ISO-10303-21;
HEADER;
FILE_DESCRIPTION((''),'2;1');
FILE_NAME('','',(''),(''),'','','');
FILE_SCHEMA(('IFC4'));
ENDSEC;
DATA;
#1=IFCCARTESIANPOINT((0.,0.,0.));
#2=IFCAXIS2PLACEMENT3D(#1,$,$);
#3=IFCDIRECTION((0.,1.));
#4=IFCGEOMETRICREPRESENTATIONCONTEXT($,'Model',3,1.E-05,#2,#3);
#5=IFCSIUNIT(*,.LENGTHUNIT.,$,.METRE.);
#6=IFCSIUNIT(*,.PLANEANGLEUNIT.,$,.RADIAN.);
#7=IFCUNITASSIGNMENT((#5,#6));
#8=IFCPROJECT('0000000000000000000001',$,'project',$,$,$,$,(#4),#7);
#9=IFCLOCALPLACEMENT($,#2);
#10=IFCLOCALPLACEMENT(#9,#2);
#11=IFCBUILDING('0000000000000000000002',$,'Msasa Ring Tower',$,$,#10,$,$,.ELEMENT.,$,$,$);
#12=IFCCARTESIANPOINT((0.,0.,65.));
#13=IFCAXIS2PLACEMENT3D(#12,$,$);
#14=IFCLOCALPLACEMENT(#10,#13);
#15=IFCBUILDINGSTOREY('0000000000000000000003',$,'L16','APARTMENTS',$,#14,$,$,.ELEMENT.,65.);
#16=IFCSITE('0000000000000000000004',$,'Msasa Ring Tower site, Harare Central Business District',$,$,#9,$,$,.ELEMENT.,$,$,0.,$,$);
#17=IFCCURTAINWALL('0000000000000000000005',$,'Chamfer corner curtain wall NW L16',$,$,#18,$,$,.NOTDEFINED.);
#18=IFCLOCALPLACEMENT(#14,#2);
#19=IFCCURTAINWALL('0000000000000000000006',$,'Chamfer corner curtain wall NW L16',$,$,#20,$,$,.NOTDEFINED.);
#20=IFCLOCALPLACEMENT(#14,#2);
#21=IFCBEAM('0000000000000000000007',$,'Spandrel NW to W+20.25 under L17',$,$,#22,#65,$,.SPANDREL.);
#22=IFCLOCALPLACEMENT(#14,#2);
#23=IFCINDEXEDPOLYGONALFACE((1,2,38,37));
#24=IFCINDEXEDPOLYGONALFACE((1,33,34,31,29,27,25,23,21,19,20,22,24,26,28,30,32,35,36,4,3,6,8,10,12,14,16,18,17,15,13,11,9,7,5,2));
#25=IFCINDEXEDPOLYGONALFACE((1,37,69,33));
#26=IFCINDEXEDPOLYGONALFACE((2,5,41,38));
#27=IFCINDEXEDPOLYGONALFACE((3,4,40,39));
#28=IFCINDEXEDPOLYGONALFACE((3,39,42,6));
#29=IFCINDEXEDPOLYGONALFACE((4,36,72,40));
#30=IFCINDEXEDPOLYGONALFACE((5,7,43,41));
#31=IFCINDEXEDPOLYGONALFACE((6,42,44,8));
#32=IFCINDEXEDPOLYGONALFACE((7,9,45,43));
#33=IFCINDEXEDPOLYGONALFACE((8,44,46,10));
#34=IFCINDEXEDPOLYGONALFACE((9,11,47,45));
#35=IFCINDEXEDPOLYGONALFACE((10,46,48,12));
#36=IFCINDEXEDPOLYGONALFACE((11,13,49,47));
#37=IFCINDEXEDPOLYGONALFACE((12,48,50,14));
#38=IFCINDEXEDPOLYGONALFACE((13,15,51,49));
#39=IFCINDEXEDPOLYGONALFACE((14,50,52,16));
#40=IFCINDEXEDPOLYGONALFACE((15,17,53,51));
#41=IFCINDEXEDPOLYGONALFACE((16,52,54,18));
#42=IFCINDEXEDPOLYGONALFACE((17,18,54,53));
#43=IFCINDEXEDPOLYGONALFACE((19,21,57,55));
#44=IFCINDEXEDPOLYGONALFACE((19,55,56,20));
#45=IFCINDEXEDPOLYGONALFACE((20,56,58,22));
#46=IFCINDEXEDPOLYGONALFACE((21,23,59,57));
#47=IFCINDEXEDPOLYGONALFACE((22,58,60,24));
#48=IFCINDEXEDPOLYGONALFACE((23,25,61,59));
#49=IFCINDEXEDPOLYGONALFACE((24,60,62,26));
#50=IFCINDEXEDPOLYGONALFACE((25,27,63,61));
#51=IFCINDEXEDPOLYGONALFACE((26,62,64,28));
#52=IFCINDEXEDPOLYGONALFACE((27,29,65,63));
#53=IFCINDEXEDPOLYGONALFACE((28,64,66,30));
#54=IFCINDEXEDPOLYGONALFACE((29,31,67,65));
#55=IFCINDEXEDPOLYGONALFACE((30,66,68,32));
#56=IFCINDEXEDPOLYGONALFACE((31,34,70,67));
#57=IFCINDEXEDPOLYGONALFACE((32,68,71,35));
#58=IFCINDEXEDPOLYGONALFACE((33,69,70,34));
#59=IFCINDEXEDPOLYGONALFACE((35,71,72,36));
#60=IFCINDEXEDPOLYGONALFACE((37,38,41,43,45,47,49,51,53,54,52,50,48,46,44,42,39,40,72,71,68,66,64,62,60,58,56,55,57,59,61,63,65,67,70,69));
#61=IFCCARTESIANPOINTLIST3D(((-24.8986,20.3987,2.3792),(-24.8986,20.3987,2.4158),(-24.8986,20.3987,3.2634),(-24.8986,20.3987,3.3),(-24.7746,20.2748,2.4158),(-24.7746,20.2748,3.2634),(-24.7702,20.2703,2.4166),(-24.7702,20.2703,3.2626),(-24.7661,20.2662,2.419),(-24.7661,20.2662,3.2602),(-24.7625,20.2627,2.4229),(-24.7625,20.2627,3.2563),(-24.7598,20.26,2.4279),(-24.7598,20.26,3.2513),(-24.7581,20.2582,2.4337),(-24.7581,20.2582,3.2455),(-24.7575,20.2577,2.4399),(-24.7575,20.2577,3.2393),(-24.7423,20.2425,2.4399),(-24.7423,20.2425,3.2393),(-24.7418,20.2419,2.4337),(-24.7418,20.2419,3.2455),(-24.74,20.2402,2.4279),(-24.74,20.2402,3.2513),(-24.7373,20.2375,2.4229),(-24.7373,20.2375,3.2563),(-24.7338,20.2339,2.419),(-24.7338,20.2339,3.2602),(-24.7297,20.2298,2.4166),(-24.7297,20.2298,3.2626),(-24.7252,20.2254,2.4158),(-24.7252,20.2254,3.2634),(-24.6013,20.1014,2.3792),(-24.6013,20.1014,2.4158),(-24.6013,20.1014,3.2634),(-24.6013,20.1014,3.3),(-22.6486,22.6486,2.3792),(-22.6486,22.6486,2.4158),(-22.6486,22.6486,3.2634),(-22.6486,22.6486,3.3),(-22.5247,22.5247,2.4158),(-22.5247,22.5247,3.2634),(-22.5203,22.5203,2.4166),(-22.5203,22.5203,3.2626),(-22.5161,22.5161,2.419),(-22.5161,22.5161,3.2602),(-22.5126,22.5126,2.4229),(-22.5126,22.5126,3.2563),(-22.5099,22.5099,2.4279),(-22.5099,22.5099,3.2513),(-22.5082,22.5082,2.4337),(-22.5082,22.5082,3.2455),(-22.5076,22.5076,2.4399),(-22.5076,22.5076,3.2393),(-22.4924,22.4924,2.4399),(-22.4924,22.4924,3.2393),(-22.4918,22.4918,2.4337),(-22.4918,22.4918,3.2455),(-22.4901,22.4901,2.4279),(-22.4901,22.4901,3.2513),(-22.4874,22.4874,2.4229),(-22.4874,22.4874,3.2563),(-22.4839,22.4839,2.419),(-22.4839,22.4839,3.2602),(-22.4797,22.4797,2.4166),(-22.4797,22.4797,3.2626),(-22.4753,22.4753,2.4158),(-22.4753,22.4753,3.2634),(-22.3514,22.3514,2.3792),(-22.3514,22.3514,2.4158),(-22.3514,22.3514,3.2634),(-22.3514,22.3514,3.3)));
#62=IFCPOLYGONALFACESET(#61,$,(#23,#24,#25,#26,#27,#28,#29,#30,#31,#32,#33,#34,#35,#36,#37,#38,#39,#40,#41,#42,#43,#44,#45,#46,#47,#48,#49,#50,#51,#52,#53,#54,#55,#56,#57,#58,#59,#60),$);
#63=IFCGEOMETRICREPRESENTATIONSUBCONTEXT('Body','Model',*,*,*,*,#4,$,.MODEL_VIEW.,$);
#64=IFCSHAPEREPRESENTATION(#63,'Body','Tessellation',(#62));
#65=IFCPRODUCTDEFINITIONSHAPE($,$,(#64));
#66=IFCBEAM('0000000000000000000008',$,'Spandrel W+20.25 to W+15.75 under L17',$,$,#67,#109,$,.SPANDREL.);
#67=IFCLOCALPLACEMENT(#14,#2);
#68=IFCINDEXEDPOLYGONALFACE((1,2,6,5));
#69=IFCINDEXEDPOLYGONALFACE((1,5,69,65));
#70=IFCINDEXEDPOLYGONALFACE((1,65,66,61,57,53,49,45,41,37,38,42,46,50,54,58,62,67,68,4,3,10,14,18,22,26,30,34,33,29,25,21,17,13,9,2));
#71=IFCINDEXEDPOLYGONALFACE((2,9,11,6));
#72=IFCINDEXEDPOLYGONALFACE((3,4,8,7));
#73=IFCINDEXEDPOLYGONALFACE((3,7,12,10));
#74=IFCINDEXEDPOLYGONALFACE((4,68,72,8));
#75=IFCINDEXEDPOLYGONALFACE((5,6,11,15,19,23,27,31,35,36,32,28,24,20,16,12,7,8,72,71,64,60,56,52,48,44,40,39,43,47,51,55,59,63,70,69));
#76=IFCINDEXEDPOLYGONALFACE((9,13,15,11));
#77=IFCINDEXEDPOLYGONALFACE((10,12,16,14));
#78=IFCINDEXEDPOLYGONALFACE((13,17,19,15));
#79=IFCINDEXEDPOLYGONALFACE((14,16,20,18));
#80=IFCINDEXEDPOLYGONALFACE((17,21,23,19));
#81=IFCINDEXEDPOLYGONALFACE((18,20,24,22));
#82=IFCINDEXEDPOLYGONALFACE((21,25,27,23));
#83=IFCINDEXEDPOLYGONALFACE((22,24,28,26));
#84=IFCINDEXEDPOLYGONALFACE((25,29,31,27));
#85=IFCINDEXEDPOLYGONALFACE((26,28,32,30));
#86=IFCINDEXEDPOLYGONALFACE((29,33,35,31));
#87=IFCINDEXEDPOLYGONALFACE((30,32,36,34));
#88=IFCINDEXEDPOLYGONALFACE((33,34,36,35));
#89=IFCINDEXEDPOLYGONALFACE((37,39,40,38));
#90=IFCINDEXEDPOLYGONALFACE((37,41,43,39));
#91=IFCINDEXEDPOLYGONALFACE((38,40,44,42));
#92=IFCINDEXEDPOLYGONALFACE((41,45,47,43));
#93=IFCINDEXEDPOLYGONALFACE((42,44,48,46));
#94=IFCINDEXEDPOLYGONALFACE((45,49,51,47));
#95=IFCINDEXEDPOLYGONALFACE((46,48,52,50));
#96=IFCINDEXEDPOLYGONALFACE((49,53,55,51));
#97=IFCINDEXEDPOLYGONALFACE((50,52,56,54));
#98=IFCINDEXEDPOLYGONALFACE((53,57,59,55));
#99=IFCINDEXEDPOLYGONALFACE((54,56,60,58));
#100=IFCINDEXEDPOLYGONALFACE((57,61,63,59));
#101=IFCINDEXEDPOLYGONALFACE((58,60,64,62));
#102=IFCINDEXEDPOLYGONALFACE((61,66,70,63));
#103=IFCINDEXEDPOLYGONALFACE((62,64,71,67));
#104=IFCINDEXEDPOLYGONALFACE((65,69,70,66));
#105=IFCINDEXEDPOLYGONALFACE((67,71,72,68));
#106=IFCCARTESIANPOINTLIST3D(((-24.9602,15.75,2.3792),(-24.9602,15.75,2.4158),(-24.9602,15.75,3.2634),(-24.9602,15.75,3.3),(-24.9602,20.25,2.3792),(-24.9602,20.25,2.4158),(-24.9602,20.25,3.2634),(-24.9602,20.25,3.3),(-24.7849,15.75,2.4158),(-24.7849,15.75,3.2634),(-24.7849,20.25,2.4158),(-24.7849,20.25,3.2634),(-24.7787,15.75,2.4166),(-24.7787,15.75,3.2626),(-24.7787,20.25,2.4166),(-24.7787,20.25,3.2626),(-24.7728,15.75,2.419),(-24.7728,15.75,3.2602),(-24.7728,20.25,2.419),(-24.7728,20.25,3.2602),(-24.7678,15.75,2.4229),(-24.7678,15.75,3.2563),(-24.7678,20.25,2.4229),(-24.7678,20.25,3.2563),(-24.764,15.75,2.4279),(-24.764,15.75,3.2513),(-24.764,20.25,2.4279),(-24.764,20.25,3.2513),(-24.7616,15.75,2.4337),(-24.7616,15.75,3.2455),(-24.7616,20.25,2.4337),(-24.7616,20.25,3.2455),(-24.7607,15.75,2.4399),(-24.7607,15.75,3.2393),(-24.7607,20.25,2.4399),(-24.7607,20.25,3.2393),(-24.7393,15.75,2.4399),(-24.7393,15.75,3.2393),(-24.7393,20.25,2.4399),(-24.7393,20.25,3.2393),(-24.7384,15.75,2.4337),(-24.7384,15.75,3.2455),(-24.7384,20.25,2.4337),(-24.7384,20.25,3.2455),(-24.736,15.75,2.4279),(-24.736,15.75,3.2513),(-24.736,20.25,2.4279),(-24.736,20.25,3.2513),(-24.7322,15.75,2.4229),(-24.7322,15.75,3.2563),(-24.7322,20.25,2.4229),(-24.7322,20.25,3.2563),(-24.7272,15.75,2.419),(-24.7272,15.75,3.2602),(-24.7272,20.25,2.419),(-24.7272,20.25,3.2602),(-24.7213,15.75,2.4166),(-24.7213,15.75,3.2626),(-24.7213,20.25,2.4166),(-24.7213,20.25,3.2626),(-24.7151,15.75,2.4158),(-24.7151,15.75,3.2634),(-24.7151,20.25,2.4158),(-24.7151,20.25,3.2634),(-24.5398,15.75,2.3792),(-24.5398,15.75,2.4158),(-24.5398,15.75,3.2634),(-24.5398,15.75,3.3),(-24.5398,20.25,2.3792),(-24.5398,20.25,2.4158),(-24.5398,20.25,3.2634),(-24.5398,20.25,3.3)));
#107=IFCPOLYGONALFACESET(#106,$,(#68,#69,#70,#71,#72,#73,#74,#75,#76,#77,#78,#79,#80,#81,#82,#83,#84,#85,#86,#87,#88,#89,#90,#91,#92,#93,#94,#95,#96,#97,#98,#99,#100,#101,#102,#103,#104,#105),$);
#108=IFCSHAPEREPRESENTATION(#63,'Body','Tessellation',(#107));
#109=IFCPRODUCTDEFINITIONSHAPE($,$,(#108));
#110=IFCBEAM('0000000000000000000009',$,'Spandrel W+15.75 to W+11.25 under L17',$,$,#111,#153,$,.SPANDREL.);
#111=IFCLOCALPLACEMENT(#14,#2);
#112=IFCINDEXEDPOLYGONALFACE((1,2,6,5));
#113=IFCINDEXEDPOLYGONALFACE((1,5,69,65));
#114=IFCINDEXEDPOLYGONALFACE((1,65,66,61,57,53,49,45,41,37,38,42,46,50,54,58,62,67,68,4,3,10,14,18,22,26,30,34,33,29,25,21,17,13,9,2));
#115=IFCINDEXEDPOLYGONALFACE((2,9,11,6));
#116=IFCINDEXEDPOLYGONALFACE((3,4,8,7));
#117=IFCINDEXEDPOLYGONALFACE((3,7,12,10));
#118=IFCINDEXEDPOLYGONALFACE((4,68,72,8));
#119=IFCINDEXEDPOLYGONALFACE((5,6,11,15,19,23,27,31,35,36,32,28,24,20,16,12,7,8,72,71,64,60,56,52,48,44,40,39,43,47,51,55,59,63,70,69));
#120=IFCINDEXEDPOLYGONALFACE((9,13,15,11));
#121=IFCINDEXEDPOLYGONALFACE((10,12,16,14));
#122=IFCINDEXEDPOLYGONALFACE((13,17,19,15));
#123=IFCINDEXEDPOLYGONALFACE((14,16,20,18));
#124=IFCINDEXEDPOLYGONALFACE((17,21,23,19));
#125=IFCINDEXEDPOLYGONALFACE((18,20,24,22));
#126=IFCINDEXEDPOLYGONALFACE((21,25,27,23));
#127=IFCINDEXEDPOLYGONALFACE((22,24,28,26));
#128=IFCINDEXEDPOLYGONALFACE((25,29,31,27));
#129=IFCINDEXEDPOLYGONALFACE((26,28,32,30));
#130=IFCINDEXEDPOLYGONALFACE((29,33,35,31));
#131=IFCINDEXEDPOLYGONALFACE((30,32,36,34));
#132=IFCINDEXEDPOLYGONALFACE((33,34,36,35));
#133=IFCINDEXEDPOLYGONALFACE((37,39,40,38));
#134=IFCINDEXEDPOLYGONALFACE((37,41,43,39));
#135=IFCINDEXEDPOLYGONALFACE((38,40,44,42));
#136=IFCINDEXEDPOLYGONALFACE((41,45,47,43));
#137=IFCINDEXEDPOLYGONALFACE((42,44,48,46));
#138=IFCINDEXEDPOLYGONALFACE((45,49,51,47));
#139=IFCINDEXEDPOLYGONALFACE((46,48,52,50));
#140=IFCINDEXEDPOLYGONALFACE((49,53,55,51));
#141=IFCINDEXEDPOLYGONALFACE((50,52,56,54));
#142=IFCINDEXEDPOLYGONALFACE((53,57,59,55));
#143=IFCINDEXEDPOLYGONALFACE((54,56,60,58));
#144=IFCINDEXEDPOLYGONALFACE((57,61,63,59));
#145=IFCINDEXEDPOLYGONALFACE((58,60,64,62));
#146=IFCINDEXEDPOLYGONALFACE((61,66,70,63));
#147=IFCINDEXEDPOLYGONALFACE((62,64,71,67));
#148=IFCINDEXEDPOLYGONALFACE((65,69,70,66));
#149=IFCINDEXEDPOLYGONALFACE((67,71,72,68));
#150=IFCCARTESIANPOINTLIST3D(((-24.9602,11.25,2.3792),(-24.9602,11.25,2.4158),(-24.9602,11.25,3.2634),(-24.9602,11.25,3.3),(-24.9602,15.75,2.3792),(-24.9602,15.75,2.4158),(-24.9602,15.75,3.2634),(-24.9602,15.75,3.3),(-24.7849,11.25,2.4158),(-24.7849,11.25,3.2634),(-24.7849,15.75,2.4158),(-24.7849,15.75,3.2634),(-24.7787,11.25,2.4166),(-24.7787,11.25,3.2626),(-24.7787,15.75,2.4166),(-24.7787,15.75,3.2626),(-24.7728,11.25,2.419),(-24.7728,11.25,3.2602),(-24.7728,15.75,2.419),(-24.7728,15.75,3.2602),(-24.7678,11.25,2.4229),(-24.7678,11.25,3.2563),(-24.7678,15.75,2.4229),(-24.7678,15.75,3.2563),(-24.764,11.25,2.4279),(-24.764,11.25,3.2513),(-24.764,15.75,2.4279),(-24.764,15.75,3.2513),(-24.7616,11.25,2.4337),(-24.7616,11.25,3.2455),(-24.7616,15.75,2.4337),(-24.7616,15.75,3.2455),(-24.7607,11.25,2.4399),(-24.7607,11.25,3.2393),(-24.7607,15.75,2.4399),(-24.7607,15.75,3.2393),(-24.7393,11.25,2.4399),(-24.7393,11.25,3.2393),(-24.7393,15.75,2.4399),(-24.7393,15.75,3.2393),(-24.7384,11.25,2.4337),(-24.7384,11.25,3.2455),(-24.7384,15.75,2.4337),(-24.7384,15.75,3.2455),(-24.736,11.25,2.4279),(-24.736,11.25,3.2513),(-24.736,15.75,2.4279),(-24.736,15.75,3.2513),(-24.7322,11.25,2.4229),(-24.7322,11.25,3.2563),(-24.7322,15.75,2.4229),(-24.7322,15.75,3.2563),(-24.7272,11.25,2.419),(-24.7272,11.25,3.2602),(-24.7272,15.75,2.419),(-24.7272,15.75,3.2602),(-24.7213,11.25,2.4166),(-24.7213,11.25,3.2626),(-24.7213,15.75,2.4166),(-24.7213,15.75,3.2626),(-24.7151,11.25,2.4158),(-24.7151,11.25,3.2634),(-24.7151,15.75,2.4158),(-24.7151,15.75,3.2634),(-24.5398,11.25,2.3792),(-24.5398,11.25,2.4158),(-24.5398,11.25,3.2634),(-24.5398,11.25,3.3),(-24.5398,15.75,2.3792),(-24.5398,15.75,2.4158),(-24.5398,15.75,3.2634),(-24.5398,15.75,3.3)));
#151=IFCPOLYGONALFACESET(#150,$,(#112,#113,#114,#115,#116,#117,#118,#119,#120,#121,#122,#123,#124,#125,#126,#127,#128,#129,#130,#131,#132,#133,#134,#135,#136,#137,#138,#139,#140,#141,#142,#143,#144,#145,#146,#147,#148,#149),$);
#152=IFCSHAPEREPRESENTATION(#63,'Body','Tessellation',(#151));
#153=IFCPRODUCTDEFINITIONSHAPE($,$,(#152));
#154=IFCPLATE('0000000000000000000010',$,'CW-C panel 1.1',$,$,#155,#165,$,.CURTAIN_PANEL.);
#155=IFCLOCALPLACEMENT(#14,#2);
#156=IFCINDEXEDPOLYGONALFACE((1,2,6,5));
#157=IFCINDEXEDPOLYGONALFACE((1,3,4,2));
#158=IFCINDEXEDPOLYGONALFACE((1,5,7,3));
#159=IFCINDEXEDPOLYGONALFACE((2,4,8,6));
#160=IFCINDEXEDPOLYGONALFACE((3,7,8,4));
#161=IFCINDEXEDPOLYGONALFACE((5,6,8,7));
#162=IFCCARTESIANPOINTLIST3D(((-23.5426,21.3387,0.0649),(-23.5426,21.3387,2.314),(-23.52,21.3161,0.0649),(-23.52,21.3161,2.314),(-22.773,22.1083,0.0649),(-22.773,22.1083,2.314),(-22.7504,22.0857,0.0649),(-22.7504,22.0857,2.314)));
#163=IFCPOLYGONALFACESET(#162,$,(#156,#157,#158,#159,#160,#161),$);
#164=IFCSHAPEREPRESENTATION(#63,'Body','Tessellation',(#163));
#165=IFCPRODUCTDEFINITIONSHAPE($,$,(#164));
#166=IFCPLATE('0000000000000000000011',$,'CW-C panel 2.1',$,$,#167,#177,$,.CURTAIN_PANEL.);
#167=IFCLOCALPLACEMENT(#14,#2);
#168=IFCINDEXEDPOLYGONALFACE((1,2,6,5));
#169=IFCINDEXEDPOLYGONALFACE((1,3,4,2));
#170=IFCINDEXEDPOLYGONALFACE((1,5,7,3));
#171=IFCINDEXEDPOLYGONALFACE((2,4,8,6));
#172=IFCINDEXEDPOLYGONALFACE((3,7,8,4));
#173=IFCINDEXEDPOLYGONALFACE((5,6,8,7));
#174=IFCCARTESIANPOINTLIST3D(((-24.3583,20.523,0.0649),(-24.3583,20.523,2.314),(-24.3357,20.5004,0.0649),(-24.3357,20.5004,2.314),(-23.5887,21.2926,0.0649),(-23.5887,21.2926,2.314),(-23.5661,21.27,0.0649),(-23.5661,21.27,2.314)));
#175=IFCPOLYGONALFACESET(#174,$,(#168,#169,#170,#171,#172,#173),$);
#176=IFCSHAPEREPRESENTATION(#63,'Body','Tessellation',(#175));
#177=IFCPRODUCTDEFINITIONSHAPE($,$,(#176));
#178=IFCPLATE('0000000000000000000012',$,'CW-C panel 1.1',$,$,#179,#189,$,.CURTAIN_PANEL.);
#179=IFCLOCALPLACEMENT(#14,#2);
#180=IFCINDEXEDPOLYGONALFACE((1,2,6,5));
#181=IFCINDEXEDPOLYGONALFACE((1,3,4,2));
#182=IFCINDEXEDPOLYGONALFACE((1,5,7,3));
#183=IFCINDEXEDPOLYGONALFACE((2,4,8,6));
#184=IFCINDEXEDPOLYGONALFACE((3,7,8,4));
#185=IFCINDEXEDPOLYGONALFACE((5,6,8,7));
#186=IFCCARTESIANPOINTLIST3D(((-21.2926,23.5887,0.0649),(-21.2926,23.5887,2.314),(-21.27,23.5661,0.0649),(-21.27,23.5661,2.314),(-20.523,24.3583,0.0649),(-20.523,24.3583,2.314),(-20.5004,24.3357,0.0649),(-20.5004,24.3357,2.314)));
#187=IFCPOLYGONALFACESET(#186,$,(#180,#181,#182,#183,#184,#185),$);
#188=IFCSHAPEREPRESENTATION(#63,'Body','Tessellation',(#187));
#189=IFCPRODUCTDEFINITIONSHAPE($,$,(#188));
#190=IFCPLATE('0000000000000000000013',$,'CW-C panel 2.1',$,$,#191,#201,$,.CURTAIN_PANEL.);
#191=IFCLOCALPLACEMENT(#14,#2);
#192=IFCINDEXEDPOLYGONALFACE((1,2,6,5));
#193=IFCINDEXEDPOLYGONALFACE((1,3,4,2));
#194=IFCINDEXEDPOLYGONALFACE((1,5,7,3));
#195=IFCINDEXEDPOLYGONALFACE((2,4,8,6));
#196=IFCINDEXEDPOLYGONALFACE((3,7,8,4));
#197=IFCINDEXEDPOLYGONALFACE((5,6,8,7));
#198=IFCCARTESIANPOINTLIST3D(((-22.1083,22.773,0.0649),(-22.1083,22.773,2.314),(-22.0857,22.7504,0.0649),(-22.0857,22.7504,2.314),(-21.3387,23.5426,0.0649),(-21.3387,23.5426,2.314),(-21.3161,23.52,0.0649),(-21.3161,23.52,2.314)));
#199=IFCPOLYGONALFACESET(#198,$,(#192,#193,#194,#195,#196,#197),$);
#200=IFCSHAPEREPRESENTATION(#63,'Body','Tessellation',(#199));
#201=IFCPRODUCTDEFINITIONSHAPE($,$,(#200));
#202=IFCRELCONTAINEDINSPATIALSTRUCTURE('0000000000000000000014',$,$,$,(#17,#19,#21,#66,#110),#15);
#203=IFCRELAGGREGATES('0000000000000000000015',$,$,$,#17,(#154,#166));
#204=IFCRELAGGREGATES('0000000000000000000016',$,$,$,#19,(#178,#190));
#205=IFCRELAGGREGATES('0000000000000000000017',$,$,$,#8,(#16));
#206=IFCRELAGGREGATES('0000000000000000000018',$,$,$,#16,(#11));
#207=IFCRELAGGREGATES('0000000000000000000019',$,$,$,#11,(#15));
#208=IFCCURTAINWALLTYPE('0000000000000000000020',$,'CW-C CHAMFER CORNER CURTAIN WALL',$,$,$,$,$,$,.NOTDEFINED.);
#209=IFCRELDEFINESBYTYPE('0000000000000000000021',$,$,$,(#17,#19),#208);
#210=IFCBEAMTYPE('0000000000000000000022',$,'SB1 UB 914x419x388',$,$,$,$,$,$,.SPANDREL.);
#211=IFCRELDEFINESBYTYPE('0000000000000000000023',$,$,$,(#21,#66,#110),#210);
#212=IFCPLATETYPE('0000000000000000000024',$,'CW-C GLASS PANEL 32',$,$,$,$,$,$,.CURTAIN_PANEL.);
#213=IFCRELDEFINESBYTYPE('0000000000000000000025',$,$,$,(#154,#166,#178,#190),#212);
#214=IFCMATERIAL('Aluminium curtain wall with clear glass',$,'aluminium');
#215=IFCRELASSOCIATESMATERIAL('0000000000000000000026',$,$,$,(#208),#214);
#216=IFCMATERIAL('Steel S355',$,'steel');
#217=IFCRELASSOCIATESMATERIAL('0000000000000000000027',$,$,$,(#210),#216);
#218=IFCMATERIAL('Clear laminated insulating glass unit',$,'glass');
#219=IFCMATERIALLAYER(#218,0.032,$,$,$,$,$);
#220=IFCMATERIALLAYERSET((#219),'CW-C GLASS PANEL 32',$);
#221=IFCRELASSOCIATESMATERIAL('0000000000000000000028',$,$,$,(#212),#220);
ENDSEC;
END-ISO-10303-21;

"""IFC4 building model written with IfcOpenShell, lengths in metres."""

from ifc_helpers import new_model, si_unit, direction, frame, origin, origin_2d, place, context, subcontext, project, spatial, rectangle, i_section, extrude, material, layer, layer_set, material_profile, profile_set, type_object, element, aggregate, save


model = new_model("IFC4")

# Units and contexts
model_context = context("Model", 3, precision=1e-05, world=origin(), true_north=direction((0.0, 1.0)))
body_context = subcontext(model_context, "Body", "Model", "MODEL_VIEW")
ifc_project = project(units=[si_unit("LENGTHUNIT", "METRE"), si_unit("PLANEANGLEUNIT", "RADIAN")], contexts=[model_context])

# Site, building, storey
site_placement = place(None, origin())
site = spatial("IfcSite", under=ifc_project, at=site_placement, Name="Msasa Ring Tower site, Harare Central Business District", CompositionType="ELEMENT", RefElevation=0.0)
building_placement = place(site_placement, origin())
building = spatial("IfcBuilding", under=site, at=building_placement, Name="Msasa Ring Tower", CompositionType="ELEMENT")
storey_placement = place(building_placement, frame((0.0, 0.0, 65.0)))
storey = spatial("IfcBuildingStorey", under=building, at=storey_placement, Name="L16", Description="APARTMENTS", CompositionType="ELEMENT", Elevation=65.0)

# Curtain walls
ifc_material_1 = material(Name="Aluminium curtain wall with clear glass", Category="aluminium")
curtain_wall_type = type_object("IfcCurtainWallType", Name="CW-C CHAMFER CORNER CURTAIN WALL", PredefinedType="NOTDEFINED", material=ifc_material_1)
curtain_wall_1_placement = place(storey_placement, origin())
curtain_wall_1 = element("IfcCurtainWall", 1, at=curtain_wall_1_placement, inside=storey, type_object=curtain_wall_type, Name="Chamfer corner curtain wall NW L16", PredefinedType="NOTDEFINED")
curtain_wall_2_placement = place(storey_placement, origin())
curtain_wall_2 = element("IfcCurtainWall", 2, at=curtain_wall_2_placement, inside=storey, type_object=curtain_wall_type, Name="Chamfer corner curtain wall NW L16", PredefinedType="NOTDEFINED")

# Beams
ifc_material_2 = material(Name="Steel S355", Category="steel")
ifc_material_profile_1 = material_profile(ifc_material_2, i_section(OverallWidth=0.4204, OverallDepth=0.9209, WebThickness=0.0215, FlangeThickness=0.0366, FilletRadius=0.0242, at=origin_2d()), Name="UB 914x419x388")
ifc_profile_set_1 = profile_set([ifc_material_profile_1], Name="Steel S355")
beam_type_1 = type_object("IfcBeamType", Name="SB1 UB 914x419x388", PredefinedType="SPANDREL", material=ifc_profile_set_1)
for number, where, z_axis, x_axis, name in (
    (3, (-22.5, 22.5, 2.8396), (-0.707107, -0.707107, 0.0), (0.707107, -0.707107, 0.0), "Spandrel NW to W+20.25 under L17"),
):
    element("IfcBeam", number, at=place(storey_placement, frame(where, z_axis=z_axis, x_axis=x_axis)), inside=storey, type_object=beam_type_1, Name=name, PredefinedType="SPANDREL", context=body_context, shape_type="SweptSolid", body=[
        extrude(i_section(OverallWidth=0.4204, OverallDepth=0.9209, WebThickness=0.0215, FlangeThickness=0.0366, FilletRadius=0.0242, at=origin_2d()), origin(), (0.0, 0.0, 1.0), 3.1819),
    ])
for number, where, z_axis, x_axis, name in (
    (4, (-24.75, 20.25, 2.8396), (0.0, -1.0, 0.0), (1.0, 0.0, 0.0), "Spandrel W+20.25 to W+15.75 under L17"),
    (5, (-24.75, 15.75, 2.8396), (0.0, -1.0, 0.0), (1.0, 0.0, 0.0), "Spandrel W+15.75 to W+11.25 under L17"),
):
    element("IfcBeam", number, at=place(storey_placement, frame(where, z_axis=z_axis, x_axis=x_axis)), inside=storey, type_object=beam_type_1, Name=name, PredefinedType="SPANDREL", context=body_context, shape_type="SweptSolid", body=[
        extrude(i_section(OverallWidth=0.4204, OverallDepth=0.9209, WebThickness=0.0215, FlangeThickness=0.0366, FilletRadius=0.0242, at=origin_2d()), origin(), (0.0, 0.0, 1.0), 4.5),
    ])

# Plates
ifc_material_3 = material(Name="Clear laminated insulating glass unit", Category="glass")
ifc_layer_1 = layer(ifc_material_3, 0.032)
ifc_layer_set_1 = layer_set([ifc_layer_1], Name="CW-C GLASS PANEL 32")
plate_type = type_object("IfcPlateType", Name="CW-C GLASS PANEL 32", PredefinedType="CURTAIN_PANEL", material=ifc_layer_set_1)
plate_1_placement = place(storey_placement, frame((-23.1465, 21.7122, 0.0649), z_axis=(0.0, 0.0, 1.0), x_axis=(-0.707107, -0.707107, 0.0)))
plate_1 = element("IfcPlate", 6, at=plate_1_placement, type_object=plate_type, Name="CW-C panel 1.1", PredefinedType="CURTAIN_PANEL", context=body_context, shape_type="SweptSolid", body=[
    extrude(rectangle(XDim=1.0884, YDim=0.032, at=origin_2d()), origin(), (0.0, 0.0, 1.0), 2.249),
])
plate_2_placement = place(storey_placement, frame((-23.9622, 20.8965, 0.0649), z_axis=(0.0, 0.0, 1.0), x_axis=(-0.707107, -0.707107, 0.0)))
plate_2 = element("IfcPlate", 7, at=plate_2_placement, type_object=plate_type, Name="CW-C panel 2.1", PredefinedType="CURTAIN_PANEL", context=body_context, shape_type="SweptSolid", body=[
    extrude(rectangle(XDim=1.0884, YDim=0.032, at=origin_2d()), origin(), (0.0, 0.0, 1.0), 2.249),
])
aggregate(curtain_wall_1, [plate_1, plate_2])
plate_3_placement = place(storey_placement, frame((-20.8965, 23.9622, 0.0649), z_axis=(0.0, 0.0, 1.0), x_axis=(-0.707107, -0.707107, 0.0)))
plate_3 = element("IfcPlate", 8, at=plate_3_placement, type_object=plate_type, Name="CW-C panel 1.1", PredefinedType="CURTAIN_PANEL", context=body_context, shape_type="SweptSolid", body=[
    extrude(rectangle(XDim=1.0884, YDim=0.032, at=origin_2d()), origin(), (0.0, 0.0, 1.0), 2.249),
])
plate_4_placement = place(storey_placement, frame((-21.7122, 23.1465, 0.0649), z_axis=(0.0, 0.0, 1.0), x_axis=(-0.707107, -0.707107, 0.0)))
plate_4 = element("IfcPlate", 9, at=plate_4_placement, type_object=plate_type, Name="CW-C panel 2.1", PredefinedType="CURTAIN_PANEL", context=body_context, shape_type="SweptSolid", body=[
    extrude(rectangle(XDim=1.0884, YDim=0.032, at=origin_2d()), origin(), (0.0, 0.0, 1.0), 2.249),
])
aggregate(curtain_wall_2, [plate_3, plate_4])

save(model, "model.ifc")
